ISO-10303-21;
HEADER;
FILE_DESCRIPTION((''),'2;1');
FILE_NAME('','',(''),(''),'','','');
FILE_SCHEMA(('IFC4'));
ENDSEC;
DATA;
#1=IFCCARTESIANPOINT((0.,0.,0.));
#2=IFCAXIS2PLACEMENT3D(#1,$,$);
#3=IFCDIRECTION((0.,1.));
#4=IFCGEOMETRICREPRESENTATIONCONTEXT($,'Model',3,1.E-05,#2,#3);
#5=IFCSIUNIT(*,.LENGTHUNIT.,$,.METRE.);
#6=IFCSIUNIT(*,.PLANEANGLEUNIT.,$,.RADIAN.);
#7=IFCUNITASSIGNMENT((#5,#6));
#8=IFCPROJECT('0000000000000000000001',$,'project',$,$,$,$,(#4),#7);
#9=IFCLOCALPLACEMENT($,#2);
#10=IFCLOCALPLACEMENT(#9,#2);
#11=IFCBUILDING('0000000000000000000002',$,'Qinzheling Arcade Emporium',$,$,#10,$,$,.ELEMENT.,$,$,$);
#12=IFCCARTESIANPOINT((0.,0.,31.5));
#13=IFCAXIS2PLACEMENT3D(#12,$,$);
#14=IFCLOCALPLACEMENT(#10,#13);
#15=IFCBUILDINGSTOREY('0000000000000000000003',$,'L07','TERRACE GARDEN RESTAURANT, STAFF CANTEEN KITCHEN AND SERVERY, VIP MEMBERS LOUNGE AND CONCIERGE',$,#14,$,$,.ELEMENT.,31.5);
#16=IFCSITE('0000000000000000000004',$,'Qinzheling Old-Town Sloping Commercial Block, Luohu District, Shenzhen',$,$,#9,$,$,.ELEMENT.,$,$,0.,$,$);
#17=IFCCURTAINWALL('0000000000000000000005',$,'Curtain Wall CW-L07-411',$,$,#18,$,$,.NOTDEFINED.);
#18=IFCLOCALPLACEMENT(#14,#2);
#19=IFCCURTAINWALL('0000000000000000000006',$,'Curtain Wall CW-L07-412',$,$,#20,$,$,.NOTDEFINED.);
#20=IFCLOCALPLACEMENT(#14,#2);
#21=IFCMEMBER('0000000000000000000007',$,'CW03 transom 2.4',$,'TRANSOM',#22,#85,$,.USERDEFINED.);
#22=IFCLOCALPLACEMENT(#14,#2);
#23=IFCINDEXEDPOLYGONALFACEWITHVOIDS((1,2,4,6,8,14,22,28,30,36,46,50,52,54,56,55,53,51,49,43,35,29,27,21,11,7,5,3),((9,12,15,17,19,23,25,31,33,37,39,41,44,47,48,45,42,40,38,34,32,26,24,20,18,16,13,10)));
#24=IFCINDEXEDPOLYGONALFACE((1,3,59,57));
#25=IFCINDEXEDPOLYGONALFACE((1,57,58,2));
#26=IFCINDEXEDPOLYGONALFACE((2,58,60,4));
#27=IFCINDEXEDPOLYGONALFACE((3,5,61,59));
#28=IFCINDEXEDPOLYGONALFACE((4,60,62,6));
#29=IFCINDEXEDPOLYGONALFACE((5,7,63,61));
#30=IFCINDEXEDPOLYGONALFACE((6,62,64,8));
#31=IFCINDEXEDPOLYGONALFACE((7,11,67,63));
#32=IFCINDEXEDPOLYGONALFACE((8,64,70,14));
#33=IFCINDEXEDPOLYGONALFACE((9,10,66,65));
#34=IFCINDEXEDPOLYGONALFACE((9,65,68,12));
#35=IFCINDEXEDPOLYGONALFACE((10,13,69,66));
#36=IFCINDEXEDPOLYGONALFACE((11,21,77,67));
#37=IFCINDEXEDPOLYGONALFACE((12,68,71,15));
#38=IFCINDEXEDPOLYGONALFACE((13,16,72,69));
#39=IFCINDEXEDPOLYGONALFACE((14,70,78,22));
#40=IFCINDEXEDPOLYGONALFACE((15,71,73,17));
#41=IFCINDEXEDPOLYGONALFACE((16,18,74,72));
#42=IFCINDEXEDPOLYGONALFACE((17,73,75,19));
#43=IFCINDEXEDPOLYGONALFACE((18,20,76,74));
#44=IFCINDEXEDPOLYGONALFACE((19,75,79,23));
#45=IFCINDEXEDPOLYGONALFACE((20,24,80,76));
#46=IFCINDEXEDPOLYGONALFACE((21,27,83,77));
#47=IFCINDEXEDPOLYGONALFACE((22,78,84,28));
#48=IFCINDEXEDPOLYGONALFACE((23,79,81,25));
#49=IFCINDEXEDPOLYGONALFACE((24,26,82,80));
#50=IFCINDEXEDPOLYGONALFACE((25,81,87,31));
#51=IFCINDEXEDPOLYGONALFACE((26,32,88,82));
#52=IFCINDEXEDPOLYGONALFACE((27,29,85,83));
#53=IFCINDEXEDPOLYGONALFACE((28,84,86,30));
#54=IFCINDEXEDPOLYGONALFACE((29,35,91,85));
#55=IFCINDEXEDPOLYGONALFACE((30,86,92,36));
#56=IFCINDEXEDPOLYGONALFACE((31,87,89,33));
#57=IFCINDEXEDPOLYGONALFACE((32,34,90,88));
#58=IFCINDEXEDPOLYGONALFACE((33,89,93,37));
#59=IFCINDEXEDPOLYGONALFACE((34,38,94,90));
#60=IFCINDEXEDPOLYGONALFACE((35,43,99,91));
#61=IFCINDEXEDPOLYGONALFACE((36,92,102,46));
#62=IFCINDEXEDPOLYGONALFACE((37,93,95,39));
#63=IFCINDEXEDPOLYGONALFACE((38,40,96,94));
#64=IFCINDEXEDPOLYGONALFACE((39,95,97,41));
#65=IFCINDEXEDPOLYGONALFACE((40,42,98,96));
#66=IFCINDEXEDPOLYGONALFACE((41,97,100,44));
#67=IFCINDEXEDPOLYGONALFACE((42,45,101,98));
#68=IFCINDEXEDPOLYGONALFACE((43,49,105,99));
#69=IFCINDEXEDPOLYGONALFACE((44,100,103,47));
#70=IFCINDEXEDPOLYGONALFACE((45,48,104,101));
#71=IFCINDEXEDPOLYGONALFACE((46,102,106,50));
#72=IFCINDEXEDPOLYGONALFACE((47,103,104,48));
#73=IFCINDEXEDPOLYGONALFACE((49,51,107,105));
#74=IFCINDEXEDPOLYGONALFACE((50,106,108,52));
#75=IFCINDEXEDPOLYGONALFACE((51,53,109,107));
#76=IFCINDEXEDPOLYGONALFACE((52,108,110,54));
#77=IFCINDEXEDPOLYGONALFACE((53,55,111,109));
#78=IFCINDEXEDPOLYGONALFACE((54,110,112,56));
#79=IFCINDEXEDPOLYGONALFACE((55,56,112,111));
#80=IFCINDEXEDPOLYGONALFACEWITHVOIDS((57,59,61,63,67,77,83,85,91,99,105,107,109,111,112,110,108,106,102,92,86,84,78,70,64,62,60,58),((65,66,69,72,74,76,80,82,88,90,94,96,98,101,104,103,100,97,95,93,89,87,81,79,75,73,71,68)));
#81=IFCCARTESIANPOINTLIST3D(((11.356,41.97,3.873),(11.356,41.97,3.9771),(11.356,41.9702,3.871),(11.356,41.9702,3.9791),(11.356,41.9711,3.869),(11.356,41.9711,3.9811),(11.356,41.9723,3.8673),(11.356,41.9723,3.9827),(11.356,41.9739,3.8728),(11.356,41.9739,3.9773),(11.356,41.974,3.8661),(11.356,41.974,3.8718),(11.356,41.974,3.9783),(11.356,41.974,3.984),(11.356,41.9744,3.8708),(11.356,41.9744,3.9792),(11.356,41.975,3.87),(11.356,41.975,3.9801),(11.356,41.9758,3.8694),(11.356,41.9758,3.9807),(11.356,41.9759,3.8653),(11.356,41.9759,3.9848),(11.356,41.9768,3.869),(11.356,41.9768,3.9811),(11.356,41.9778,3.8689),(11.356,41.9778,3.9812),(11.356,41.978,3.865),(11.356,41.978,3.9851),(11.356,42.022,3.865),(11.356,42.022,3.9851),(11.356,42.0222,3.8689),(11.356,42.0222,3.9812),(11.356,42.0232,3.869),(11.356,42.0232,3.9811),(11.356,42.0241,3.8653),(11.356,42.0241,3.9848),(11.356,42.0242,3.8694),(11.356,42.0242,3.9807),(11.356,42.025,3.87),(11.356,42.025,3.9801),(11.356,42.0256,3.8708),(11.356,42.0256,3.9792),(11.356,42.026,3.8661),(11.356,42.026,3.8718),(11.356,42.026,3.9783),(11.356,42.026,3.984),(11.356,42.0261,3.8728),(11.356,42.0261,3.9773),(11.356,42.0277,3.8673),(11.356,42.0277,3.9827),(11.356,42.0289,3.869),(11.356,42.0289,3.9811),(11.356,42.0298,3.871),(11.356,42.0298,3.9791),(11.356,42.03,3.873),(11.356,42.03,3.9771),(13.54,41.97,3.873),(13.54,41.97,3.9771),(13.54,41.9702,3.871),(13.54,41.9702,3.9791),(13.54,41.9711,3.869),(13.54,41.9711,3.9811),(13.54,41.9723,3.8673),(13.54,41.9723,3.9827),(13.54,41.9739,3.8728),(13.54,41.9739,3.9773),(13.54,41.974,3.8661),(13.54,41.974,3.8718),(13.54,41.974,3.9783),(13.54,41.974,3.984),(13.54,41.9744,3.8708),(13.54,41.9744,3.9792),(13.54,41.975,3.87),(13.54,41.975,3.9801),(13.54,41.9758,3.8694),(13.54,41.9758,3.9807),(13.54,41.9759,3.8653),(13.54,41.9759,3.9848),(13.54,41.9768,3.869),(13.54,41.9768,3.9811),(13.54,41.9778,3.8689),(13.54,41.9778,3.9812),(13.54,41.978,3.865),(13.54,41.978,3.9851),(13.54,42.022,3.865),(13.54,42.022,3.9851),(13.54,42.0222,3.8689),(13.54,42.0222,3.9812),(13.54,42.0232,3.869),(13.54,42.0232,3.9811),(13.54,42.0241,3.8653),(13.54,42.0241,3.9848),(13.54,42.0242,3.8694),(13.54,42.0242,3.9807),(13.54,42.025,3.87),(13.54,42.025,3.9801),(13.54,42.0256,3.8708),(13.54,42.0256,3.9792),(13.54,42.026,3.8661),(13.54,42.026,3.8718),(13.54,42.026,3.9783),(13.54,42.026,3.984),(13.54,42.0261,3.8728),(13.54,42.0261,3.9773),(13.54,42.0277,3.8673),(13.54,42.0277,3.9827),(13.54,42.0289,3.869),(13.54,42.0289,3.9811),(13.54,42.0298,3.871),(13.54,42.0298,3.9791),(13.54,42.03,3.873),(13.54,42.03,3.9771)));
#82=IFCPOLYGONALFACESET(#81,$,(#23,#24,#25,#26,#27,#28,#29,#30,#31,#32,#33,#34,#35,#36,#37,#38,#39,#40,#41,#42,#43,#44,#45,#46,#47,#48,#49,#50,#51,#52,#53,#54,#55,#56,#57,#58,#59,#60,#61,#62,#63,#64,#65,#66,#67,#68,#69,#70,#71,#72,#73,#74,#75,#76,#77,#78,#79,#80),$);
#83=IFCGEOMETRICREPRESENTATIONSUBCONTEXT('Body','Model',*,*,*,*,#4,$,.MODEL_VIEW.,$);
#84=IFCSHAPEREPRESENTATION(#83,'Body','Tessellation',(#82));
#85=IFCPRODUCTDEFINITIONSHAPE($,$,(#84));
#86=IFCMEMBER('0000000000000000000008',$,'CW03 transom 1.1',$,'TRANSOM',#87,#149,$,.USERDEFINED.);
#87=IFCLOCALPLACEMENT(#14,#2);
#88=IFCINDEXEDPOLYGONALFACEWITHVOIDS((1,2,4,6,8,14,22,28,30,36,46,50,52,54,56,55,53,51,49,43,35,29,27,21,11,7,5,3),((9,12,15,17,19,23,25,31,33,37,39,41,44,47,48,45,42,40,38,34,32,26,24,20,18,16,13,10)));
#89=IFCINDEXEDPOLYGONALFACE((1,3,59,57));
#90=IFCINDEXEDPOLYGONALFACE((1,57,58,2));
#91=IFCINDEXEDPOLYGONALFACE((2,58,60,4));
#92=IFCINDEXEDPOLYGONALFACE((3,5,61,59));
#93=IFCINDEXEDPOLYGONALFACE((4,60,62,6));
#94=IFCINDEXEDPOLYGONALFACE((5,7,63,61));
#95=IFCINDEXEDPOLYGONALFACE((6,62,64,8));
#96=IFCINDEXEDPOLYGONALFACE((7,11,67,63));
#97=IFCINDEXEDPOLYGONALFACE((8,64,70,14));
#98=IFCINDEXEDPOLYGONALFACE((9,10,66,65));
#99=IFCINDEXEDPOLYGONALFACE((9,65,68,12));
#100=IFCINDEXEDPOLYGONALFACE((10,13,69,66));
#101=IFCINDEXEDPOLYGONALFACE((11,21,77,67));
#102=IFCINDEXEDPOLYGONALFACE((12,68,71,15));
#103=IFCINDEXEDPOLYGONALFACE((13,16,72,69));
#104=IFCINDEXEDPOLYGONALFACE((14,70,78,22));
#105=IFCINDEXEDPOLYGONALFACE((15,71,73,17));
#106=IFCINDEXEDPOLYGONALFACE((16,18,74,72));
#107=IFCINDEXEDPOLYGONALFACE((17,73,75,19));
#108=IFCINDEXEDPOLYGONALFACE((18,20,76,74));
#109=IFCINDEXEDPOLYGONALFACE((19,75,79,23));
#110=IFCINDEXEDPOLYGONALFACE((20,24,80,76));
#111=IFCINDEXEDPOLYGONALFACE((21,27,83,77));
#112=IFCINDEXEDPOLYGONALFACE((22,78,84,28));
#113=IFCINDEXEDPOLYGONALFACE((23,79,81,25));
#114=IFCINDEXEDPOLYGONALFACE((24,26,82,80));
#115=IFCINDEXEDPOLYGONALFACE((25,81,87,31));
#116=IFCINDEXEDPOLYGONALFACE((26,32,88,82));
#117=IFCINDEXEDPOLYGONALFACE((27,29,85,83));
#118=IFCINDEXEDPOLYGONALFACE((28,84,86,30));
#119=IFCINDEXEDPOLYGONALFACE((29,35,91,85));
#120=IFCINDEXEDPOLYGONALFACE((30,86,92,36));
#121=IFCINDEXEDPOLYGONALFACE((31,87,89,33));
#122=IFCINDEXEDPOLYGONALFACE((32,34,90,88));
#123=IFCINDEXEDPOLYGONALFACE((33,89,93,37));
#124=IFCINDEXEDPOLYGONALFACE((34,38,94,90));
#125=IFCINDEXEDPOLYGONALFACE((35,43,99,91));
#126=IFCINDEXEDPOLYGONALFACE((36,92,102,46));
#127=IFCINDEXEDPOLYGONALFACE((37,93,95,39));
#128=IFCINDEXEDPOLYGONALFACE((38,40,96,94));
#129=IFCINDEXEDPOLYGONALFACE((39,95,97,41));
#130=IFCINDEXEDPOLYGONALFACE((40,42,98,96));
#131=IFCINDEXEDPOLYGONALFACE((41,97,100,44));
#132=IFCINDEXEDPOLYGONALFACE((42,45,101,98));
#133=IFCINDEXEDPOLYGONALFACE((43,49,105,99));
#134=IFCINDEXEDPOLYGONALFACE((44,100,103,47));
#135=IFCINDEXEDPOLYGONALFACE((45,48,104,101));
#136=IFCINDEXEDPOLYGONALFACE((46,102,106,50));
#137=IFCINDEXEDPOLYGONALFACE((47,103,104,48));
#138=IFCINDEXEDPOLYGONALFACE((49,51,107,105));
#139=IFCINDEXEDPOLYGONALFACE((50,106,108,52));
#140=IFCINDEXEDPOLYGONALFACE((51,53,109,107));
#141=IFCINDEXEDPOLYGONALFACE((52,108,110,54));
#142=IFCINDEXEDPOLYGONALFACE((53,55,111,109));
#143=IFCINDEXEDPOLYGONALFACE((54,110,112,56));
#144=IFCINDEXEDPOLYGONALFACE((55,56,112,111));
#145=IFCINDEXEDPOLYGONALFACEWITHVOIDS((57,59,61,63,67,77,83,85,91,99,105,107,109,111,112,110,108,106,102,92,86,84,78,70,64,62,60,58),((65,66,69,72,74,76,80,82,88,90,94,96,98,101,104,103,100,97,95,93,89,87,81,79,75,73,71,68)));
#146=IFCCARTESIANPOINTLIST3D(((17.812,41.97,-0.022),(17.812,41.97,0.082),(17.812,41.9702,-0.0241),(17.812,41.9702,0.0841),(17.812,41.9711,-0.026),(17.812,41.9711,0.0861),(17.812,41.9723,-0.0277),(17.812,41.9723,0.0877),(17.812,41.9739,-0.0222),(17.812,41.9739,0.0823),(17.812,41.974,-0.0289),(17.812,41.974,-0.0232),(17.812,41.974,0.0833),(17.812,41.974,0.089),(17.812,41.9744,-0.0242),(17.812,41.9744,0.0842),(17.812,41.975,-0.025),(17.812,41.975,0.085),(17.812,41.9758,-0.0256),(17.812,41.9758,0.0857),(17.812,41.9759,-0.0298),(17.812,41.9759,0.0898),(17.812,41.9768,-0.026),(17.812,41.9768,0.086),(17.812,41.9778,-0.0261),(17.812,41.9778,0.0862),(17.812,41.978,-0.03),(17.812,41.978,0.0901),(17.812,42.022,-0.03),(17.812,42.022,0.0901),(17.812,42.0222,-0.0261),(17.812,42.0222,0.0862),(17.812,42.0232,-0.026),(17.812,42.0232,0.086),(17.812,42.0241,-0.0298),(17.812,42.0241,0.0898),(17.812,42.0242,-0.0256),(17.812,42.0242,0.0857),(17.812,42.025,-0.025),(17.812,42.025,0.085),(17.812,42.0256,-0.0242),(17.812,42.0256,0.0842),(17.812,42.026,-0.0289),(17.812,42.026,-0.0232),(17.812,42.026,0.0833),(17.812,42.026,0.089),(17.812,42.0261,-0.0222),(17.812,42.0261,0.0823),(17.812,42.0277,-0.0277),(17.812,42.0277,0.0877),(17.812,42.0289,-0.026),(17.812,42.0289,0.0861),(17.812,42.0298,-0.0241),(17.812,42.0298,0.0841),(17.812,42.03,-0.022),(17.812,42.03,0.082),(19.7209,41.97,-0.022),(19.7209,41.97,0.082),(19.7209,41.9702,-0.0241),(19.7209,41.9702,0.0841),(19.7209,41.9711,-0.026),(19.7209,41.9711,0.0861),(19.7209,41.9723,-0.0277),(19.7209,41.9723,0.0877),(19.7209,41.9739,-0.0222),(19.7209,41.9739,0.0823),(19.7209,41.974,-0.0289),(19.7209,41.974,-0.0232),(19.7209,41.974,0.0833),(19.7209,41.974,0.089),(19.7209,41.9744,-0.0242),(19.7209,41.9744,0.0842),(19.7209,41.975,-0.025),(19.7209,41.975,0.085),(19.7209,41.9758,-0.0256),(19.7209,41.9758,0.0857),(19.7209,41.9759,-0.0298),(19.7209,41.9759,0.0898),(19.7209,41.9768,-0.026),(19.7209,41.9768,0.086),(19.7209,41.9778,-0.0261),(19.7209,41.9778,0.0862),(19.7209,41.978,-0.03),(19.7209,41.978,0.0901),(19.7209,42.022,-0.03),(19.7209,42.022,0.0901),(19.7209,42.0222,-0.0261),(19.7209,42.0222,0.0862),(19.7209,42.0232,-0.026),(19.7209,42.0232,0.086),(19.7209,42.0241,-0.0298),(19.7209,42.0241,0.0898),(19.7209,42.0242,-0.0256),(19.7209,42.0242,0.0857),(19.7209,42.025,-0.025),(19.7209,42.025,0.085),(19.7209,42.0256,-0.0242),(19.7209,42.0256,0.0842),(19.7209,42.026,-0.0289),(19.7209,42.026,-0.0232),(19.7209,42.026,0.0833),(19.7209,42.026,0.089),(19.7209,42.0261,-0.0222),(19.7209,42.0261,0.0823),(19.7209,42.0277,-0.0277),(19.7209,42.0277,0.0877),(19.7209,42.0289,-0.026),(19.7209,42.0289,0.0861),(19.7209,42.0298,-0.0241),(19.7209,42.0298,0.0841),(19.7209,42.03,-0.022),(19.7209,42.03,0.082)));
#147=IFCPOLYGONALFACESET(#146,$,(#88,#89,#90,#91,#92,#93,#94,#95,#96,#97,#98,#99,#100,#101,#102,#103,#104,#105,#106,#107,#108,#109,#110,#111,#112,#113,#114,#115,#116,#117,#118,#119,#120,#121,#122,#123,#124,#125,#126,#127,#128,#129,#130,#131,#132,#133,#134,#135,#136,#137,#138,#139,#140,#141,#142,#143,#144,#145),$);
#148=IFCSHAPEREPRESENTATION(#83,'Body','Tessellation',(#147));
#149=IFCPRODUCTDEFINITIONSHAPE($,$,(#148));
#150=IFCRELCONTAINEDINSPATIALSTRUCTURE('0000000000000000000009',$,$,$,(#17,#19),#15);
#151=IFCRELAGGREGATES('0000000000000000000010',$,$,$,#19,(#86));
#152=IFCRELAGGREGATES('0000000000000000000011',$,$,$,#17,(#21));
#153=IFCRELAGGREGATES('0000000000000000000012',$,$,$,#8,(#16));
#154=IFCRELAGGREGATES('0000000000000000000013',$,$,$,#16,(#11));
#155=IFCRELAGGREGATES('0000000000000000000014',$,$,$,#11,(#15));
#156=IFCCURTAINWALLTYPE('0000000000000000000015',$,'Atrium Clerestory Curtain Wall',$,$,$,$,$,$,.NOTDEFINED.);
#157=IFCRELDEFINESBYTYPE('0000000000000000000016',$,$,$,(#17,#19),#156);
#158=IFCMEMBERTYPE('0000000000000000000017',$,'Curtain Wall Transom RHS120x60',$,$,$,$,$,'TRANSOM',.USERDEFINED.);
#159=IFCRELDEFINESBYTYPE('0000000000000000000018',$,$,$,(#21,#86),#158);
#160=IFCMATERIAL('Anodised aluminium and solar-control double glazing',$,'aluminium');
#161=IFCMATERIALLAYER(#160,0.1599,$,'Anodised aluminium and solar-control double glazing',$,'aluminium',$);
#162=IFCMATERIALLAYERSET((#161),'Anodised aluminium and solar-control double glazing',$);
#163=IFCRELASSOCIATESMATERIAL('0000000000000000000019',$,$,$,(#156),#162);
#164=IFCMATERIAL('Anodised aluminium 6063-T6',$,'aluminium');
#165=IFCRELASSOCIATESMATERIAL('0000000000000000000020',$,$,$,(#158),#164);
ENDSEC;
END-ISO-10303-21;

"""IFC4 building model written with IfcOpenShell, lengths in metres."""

from ifc_helpers import new_model, si_unit, direction, frame, origin, origin_2d, place, context, subcontext, project, spatial, hollow_rectangle, extrude, material, layer, layer_set, material_profile, profile_set, type_object, element, aggregate, save


model = new_model("IFC4")

# Units and contexts
model_context = context("Model", 3, precision=1e-05, world=origin(), true_north=direction((0.0, 1.0)))
body_context = subcontext(model_context, "Body", "Model", "MODEL_VIEW")
ifc_project = project(units=[si_unit("LENGTHUNIT", "METRE"), si_unit("PLANEANGLEUNIT", "RADIAN")], contexts=[model_context])

# Site, building, storey
site_placement = place(None, origin())
site = spatial("IfcSite", under=ifc_project, at=site_placement, Name="Qinzheling Old-Town Sloping Commercial Block, Luohu District, Shenzhen", CompositionType="ELEMENT", RefElevation=0.0)
building_placement = place(site_placement, origin())
building = spatial("IfcBuilding", under=site, at=building_placement, Name="Qinzheling Arcade Emporium", CompositionType="ELEMENT")
storey_placement = place(building_placement, frame((0.0, 0.0, 31.5)))
storey = spatial("IfcBuildingStorey", under=building, at=storey_placement, Name="L07", Description="TERRACE GARDEN RESTAURANT, STAFF CANTEEN KITCHEN AND SERVERY, VIP MEMBERS LOUNGE AND CONCIERGE", CompositionType="ELEMENT", Elevation=31.5)

# Curtain wall
ifc_material_1 = material(Name="Anodised aluminium and solar-control double glazing", Category="aluminium")
ifc_layer_1 = layer(ifc_material_1, 0.1599, Name="Anodised aluminium and solar-control double glazing", Category="aluminium")
ifc_layer_set_1 = layer_set([ifc_layer_1], Name="Anodised aluminium and solar-control double glazing")
curtain_wall_type = type_object("IfcCurtainWallType", Name="Atrium Clerestory Curtain Wall", PredefinedType="NOTDEFINED", material=ifc_layer_set_1)
curtain_wall_1_placement = place(storey_placement, origin())
curtain_wall_1 = element("IfcCurtainWall", 1, at=curtain_wall_1_placement, inside=storey, type_object=curtain_wall_type, Name="Curtain Wall CW-L07-411", PredefinedType="NOTDEFINED")
ifc_material_2 = material(Name="Anodised aluminium 6063-T6", Category="aluminium")

# Curtain wall
curtain_wall_2_placement = place(storey_placement, origin())
curtain_wall_2 = element("IfcCurtainWall", 2, at=curtain_wall_2_placement, inside=storey, type_object=curtain_wall_type, Name="Curtain Wall CW-L07-412", PredefinedType="NOTDEFINED")

# Members
ifc_material_profile_1 = material_profile(ifc_material_2, hollow_rectangle(XDim=0.0601, YDim=0.1201, WallThickness=0.0039, InnerFilletRadius=0.0039, OuterFilletRadius=0.0081, at=origin_2d()), Name="RHS 120x60x4", Category="aluminium")
ifc_profile_set_1 = profile_set([ifc_material_profile_1], Name="Anodised aluminium 6063-T6")
member_type_1 = type_object("IfcMemberType", Name="Curtain Wall Transom RHS120x60", ElementType="TRANSOM", PredefinedType="USERDEFINED", material=ifc_profile_set_1)
member_1_placement = place(storey_placement, frame((11.356, 42.0, 3.925), z_axis=(1.0, 0.0, 0.0), x_axis=(0.0, 1.0, 0.0)))
member_1 = element("IfcMember", 3, at=member_1_placement, type_object=member_type_1, Name="CW03 transom 2.4", ObjectType="TRANSOM", PredefinedType="USERDEFINED", context=body_context, shape_type="SweptSolid", body=[
    extrude(hollow_rectangle(XDim=0.0601, YDim=0.1201, WallThickness=0.0039, InnerFilletRadius=0.0039, OuterFilletRadius=0.0081, at=origin_2d()), origin(), (0.0, 0.0, 1.0), 2.1841),
])
member_2_placement = place(storey_placement, frame((17.812, 42.0, 0.03), z_axis=(1.0, 0.0, 0.0), x_axis=(0.0, 1.0, 0.0)))
member_2 = element("IfcMember", 4, at=member_2_placement, type_object=member_type_1, Name="CW03 transom 1.1", ObjectType="TRANSOM", PredefinedType="USERDEFINED", context=body_context, shape_type="SweptSolid", body=[
    extrude(hollow_rectangle(XDim=0.0601, YDim=0.1201, WallThickness=0.0039, InnerFilletRadius=0.0039, OuterFilletRadius=0.0081, at=origin_2d()), origin(), (0.0, 0.0, 1.0), 1.9089),
])
aggregate(curtain_wall_2, [member_2])

aggregate(curtain_wall_1, [member_1])

save(model, "model.ifc")
